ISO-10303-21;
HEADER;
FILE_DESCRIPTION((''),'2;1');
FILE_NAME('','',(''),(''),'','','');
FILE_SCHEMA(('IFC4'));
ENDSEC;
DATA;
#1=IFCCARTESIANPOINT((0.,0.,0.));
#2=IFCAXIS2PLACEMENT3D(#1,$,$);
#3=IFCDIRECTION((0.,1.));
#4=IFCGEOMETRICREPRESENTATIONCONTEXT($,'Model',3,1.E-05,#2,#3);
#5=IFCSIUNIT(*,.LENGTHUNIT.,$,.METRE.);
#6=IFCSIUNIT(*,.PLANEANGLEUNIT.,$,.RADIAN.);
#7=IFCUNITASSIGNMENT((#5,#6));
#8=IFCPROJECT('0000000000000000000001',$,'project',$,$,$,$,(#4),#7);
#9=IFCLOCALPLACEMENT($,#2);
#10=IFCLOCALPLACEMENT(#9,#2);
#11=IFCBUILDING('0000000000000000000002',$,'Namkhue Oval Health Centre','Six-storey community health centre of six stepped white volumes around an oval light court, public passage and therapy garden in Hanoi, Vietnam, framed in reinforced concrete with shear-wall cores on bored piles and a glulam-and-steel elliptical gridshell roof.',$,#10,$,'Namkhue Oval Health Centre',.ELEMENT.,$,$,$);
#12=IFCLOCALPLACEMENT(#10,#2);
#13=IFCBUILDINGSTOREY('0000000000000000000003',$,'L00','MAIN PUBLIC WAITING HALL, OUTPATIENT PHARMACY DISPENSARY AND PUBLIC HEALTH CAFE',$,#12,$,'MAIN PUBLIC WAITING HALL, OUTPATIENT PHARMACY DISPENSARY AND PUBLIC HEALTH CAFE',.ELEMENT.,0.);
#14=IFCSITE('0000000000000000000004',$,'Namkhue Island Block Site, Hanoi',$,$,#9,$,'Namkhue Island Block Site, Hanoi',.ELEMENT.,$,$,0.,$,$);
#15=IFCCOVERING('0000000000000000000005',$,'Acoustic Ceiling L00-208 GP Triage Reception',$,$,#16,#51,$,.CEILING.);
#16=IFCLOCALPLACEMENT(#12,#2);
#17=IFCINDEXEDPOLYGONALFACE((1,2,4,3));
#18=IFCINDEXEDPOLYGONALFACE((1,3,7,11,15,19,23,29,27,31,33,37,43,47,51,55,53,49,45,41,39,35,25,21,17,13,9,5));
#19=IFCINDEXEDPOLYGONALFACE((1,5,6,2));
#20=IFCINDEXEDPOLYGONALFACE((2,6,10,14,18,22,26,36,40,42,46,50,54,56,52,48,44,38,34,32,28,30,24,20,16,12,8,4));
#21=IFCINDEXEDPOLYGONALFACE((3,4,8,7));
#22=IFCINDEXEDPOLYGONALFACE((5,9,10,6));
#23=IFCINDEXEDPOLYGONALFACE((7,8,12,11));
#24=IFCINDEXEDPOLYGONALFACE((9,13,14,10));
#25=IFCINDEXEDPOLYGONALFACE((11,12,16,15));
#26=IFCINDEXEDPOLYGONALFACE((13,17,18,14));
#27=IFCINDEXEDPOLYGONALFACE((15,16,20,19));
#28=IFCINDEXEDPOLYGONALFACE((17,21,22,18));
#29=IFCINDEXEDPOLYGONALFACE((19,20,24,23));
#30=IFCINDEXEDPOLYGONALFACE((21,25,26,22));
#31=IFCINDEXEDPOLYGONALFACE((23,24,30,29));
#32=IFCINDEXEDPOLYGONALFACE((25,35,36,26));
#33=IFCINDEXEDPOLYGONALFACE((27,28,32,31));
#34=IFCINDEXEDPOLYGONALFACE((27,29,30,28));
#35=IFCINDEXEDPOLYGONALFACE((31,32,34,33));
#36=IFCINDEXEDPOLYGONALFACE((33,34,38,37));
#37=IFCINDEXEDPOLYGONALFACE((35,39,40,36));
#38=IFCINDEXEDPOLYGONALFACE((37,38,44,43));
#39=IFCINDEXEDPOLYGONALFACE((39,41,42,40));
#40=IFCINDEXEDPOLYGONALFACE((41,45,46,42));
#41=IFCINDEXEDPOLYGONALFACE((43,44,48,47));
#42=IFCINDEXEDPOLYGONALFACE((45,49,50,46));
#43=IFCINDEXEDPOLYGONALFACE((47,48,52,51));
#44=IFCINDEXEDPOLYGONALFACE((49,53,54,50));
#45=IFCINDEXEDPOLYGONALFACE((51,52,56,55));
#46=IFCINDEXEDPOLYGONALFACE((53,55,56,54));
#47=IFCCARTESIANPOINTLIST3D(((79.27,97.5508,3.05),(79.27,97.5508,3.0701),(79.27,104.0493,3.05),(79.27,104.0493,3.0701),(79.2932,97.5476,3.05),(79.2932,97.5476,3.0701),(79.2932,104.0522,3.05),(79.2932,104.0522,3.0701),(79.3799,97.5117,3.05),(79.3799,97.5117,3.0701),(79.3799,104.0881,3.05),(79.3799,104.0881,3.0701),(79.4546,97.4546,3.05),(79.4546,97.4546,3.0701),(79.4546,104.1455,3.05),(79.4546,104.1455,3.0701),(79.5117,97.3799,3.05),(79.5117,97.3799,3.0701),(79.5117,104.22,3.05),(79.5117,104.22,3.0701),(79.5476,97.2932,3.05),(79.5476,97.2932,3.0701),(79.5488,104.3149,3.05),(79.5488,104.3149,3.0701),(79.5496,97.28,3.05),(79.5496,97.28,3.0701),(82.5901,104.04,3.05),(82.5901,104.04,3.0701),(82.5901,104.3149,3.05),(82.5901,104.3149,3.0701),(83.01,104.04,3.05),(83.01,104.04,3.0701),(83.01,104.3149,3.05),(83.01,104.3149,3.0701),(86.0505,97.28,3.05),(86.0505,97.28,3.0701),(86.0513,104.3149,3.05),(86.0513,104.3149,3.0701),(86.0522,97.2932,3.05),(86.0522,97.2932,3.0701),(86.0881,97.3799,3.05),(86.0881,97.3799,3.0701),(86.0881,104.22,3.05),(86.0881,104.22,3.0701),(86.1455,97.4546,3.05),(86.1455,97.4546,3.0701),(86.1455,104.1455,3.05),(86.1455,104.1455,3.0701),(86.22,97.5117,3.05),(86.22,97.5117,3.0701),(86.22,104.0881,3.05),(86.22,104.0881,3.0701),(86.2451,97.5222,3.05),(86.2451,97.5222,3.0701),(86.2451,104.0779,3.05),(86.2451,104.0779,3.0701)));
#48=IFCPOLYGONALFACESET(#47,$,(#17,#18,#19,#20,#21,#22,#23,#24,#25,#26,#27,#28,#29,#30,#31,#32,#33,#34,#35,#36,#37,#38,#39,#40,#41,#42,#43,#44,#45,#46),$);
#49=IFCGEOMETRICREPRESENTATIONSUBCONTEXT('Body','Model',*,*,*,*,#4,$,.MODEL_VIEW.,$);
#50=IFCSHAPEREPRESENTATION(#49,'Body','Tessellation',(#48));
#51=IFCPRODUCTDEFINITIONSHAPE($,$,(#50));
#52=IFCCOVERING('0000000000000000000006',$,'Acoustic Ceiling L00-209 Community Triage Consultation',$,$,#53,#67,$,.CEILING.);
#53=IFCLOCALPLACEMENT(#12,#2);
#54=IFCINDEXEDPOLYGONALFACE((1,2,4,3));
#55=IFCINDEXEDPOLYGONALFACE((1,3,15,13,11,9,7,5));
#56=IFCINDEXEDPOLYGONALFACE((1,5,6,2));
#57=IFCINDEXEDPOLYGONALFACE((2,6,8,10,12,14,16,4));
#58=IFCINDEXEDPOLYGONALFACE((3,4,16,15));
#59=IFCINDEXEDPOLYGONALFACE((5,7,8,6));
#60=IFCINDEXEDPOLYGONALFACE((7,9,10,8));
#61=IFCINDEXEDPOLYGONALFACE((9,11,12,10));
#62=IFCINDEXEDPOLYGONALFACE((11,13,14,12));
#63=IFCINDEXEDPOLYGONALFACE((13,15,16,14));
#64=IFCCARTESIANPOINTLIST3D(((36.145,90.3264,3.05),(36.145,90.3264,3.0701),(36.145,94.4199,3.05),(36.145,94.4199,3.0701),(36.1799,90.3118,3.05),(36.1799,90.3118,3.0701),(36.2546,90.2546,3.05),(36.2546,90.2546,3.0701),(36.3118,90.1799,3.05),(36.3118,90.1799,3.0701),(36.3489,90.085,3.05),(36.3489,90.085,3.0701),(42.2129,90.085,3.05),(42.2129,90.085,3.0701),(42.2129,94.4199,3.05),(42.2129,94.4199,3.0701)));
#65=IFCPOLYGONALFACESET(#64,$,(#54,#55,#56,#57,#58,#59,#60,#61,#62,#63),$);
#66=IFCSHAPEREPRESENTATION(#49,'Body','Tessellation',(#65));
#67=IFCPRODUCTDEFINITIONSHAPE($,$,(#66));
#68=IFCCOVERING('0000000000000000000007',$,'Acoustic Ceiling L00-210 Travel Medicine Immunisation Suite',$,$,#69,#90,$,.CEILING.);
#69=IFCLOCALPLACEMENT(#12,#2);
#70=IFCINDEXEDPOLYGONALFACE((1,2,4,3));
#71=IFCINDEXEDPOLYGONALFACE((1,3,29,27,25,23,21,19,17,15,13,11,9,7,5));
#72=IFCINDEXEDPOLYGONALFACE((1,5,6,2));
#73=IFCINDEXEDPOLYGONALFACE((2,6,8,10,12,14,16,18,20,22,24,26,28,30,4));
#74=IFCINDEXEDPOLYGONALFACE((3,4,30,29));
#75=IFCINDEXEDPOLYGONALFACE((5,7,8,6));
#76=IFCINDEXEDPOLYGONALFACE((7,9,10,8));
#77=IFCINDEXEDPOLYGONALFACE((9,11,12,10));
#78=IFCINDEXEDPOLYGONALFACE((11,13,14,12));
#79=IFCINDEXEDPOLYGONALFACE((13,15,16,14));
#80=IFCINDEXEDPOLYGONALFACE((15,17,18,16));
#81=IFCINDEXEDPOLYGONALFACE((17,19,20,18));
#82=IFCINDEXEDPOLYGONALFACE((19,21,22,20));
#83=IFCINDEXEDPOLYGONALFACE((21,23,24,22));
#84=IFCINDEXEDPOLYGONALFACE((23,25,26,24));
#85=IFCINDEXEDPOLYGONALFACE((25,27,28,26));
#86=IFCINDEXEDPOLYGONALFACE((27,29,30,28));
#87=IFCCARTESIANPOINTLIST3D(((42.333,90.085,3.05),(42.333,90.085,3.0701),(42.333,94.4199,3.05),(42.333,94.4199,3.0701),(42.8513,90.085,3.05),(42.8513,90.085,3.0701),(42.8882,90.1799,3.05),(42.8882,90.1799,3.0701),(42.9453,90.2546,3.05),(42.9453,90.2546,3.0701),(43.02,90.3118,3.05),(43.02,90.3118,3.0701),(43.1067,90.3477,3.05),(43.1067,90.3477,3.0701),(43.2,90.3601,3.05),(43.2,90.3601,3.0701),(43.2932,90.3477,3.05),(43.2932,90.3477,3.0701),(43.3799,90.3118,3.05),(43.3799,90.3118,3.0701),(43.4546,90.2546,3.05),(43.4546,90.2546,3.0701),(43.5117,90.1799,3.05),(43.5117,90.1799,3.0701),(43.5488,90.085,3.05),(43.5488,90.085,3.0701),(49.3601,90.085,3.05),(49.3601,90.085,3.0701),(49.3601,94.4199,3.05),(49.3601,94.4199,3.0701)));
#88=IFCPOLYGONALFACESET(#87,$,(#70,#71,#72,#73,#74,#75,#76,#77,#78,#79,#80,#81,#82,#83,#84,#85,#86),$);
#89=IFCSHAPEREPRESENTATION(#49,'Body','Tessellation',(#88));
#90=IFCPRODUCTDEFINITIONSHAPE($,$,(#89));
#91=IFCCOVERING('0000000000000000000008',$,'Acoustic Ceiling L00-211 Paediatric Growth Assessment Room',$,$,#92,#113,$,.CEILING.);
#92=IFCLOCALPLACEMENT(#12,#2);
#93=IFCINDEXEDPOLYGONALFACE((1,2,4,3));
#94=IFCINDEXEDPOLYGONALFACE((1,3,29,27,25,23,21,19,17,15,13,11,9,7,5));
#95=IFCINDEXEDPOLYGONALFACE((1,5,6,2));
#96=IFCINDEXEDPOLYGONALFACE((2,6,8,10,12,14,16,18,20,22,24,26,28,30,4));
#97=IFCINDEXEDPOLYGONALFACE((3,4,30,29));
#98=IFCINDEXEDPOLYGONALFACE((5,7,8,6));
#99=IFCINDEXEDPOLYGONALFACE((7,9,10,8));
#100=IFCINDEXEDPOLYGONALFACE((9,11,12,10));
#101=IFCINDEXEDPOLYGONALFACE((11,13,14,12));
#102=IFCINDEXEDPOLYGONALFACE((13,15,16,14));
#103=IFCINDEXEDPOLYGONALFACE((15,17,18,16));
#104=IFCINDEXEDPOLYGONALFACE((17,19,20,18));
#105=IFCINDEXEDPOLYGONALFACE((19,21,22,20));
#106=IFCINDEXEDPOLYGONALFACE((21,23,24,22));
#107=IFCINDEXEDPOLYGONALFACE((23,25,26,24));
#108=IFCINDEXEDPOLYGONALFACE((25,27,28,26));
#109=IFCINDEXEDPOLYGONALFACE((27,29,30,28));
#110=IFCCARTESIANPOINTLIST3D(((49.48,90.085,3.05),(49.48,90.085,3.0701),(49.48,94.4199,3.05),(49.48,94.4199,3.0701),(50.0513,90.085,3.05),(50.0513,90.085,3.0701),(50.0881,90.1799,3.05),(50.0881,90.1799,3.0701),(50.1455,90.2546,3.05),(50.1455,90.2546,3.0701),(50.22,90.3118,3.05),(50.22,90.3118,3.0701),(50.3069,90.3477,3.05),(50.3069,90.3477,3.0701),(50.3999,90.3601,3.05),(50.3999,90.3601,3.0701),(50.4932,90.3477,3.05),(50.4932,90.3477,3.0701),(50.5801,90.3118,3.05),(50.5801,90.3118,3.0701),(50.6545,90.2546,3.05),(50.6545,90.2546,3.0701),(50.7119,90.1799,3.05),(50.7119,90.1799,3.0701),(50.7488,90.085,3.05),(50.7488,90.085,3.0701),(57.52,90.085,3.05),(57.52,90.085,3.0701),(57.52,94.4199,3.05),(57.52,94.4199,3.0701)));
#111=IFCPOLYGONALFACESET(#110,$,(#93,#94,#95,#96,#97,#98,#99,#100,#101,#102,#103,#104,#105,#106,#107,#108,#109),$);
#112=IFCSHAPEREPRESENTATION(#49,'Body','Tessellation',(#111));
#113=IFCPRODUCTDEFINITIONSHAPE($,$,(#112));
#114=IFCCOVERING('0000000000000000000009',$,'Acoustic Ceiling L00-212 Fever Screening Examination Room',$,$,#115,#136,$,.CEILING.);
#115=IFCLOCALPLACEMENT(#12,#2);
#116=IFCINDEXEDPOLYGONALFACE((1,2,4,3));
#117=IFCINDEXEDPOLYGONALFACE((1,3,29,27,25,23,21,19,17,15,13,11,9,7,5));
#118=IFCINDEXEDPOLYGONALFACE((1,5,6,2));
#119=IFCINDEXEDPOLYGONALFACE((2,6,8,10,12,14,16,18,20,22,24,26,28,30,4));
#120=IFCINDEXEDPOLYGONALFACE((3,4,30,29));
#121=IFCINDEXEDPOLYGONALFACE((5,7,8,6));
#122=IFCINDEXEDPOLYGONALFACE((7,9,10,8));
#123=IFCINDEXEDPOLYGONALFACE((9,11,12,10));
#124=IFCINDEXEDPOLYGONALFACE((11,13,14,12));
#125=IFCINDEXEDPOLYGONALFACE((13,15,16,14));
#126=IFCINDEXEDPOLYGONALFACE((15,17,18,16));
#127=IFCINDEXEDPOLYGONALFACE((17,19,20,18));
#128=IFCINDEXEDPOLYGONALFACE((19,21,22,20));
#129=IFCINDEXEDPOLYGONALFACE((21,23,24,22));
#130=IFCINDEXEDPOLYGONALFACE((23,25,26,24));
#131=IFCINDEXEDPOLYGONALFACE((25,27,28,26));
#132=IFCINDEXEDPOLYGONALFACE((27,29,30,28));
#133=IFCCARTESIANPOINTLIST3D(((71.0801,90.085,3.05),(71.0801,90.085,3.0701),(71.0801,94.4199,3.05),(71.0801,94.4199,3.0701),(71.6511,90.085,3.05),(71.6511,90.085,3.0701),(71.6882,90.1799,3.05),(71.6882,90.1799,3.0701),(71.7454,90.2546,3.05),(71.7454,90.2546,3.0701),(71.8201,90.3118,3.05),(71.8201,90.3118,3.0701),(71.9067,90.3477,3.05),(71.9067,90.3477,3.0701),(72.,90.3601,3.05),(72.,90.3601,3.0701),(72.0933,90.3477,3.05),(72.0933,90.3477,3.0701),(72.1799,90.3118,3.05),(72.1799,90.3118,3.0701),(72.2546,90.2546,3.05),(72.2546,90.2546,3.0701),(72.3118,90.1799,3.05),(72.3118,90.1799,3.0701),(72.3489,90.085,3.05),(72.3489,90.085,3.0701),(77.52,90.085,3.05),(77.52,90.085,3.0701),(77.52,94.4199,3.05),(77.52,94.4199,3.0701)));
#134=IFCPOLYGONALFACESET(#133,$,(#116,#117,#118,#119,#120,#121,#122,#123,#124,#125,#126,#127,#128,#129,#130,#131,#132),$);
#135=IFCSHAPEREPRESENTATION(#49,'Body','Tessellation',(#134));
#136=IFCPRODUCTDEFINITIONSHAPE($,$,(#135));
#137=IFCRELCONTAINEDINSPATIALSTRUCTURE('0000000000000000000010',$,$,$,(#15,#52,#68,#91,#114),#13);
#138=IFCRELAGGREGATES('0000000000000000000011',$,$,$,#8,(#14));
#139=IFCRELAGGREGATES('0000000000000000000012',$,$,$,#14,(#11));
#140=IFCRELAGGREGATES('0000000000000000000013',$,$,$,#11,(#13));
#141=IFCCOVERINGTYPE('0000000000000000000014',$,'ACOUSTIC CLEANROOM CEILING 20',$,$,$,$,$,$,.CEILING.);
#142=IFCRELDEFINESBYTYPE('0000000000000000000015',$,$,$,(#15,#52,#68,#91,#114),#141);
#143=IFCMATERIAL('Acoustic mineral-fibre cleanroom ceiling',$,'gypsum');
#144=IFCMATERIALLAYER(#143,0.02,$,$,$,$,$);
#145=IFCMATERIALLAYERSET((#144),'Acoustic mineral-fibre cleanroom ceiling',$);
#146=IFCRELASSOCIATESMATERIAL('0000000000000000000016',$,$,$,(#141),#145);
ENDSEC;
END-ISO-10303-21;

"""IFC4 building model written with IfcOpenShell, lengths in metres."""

from ifc_helpers import new_model, si_unit, direction, frame, origin, place, context, subcontext, project, spatial, polyline, outline, extrude, material, layer, layer_set, type_object, element, save


model = new_model("IFC4")

# Units and contexts
model_context = context("Model", 3, precision=1e-05, world=origin(), true_north=direction((0.0, 1.0)))
body_context = subcontext(model_context, "Body", "Model", "MODEL_VIEW")
ifc_project = project(units=[si_unit("LENGTHUNIT", "METRE"), si_unit("PLANEANGLEUNIT", "RADIAN")], contexts=[model_context])

# Site, building, storey
site_placement = place(None, origin())
site = spatial("IfcSite", under=ifc_project, at=site_placement, Name="Namkhue Island Block Site, Hanoi", LongName="Namkhue Island Block Site, Hanoi", CompositionType="ELEMENT", RefElevation=0.0)
building_placement = place(site_placement, origin())
building = spatial("IfcBuilding", under=site, at=building_placement, Name="Namkhue Oval Health Centre", Description="Six-storey community health centre of six stepped white volumes around an oval light court, public passage and therapy garden in Hanoi, Vietnam, framed in reinforced concrete with shear-wall cores on bored piles and a glulam-and-steel elliptical gridshell roof.", LongName="Namkhue Oval Health Centre", CompositionType="ELEMENT")
storey_placement = place(building_placement, origin())
storey = spatial("IfcBuildingStorey", under=building, at=storey_placement, Name="L00", Description="MAIN PUBLIC WAITING HALL, OUTPATIENT PHARMACY DISPENSARY AND PUBLIC HEALTH CAFE", LongName="MAIN PUBLIC WAITING HALL, OUTPATIENT PHARMACY DISPENSARY AND PUBLIC HEALTH CAFE", CompositionType="ELEMENT", Elevation=0.0)

# Coverings
ifc_material = material(Name="Acoustic mineral-fibre cleanroom ceiling", Category="gypsum")
ifc_layer = layer(ifc_material, 0.02)
ifc_layer_set = layer_set([ifc_layer], Name="Acoustic mineral-fibre cleanroom ceiling")
covering_type = type_object("IfcCoveringType", Name="ACOUSTIC CLEANROOM CEILING 20", PredefinedType="CEILING", material=ifc_layer_set)
covering_1_placement = place(storey_placement, frame((0.0, 0.0, 3.05)))
element("IfcCovering", 1, at=covering_1_placement, inside=storey, type_object=covering_type, Name="Acoustic Ceiling L00-208 GP Triage Reception", PredefinedType="CEILING", context=body_context, shape_type="SweptSolid", body=[
    extrude(outline(polyline([(79.5496, 97.28), (79.5476, 97.2932), (79.5117, 97.3799), (79.4546, 97.4546), (79.3799, 97.5117), (79.2932, 97.5476), (79.27, 97.5508), (79.27, 104.0493), (79.2932, 104.0522), (79.3799, 104.0881), (79.4546, 104.1455), (79.5117, 104.22), (79.5488, 104.3149), (82.5901, 104.3149), (82.5901, 104.04), (83.01, 104.04), (83.01, 104.3149), (86.0513, 104.3149), (86.0881, 104.22), (86.1455, 104.1455), (86.22, 104.0881), (86.2451, 104.0779), (86.2451, 97.5222), (86.22, 97.5117), (86.1455, 97.4546), (86.0881, 97.3799), (86.0522, 97.2932), (86.0505, 97.28), (79.5496, 97.28)])), origin(), (0.0, 0.0, 1.0), 0.02),
])
covering_2_placement = place(storey_placement, frame((0.0, 0.0, 3.05)))
element("IfcCovering", 2, at=covering_2_placement, inside=storey, type_object=covering_type, Name="Acoustic Ceiling L00-209 Community Triage Consultation", PredefinedType="CEILING", context=body_context, shape_type="SweptSolid", body=[
    extrude(outline(polyline([(36.3489, 90.085), (36.3118, 90.1799), (36.2546, 90.2546), (36.1799, 90.3118), (36.145, 90.3264), (36.145, 94.4199), (42.2129, 94.4199), (42.2129, 90.085), (36.3489, 90.085)])), origin(), (0.0, 0.0, 1.0), 0.02),
])
covering_3_placement = place(storey_placement, frame((0.0, 0.0, 3.05)))
element("IfcCovering", 3, at=covering_3_placement, inside=storey, type_object=covering_type, Name="Acoustic Ceiling L00-210 Travel Medicine Immunisation Suite", PredefinedType="CEILING", context=body_context, shape_type="SweptSolid", body=[
    extrude(outline(polyline([(43.5488, 90.085), (43.5117, 90.1799), (43.4546, 90.2546), (43.3799, 90.3118), (43.2932, 90.3477), (43.2, 90.3601), (43.1067, 90.3477), (43.02, 90.3118), (42.9453, 90.2546), (42.8882, 90.1799), (42.8513, 90.085), (42.333, 90.085), (42.333, 94.4199), (49.3601, 94.4199), (49.3601, 90.085), (43.5488, 90.085)])), origin(), (0.0, 0.0, 1.0), 0.02),
])
covering_4_placement = place(storey_placement, frame((0.0, 0.0, 3.05)))
element("IfcCovering", 4, at=covering_4_placement, inside=storey, type_object=covering_type, Name="Acoustic Ceiling L00-211 Paediatric Growth Assessment Room", PredefinedType="CEILING", context=body_context, shape_type="SweptSolid", body=[
    extrude(outline(polyline([(50.7488, 90.085), (50.7119, 90.1799), (50.6545, 90.2546), (50.5801, 90.3118), (50.4932, 90.3477), (50.3999, 90.3601), (50.3069, 90.3477), (50.22, 90.3118), (50.1455, 90.2546), (50.0881, 90.1799), (50.0513, 90.085), (49.48, 90.085), (49.48, 94.4199), (57.52, 94.4199), (57.52, 90.085), (50.7488, 90.085)])), origin(), (0.0, 0.0, 1.0), 0.02),
])
covering_5_placement = place(storey_placement, frame((0.0, 0.0, 3.05)))
element("IfcCovering", 5, at=covering_5_placement, inside=storey, type_object=covering_type, Name="Acoustic Ceiling L00-212 Fever Screening Examination Room", PredefinedType="CEILING", context=body_context, shape_type="SweptSolid", body=[
    extrude(outline(polyline([(72.3489, 90.085), (72.3118, 90.1799), (72.2546, 90.2546), (72.1799, 90.3118), (72.0933, 90.3477), (72.0, 90.3601), (71.9067, 90.3477), (71.8201, 90.3118), (71.7454, 90.2546), (71.6882, 90.1799), (71.6511, 90.085), (71.0801, 90.085), (71.0801, 94.4199), (77.52, 94.4199), (77.52, 90.085), (72.3489, 90.085)])), origin(), (0.0, 0.0, 1.0), 0.02),
])

save(model, "model.ifc")
